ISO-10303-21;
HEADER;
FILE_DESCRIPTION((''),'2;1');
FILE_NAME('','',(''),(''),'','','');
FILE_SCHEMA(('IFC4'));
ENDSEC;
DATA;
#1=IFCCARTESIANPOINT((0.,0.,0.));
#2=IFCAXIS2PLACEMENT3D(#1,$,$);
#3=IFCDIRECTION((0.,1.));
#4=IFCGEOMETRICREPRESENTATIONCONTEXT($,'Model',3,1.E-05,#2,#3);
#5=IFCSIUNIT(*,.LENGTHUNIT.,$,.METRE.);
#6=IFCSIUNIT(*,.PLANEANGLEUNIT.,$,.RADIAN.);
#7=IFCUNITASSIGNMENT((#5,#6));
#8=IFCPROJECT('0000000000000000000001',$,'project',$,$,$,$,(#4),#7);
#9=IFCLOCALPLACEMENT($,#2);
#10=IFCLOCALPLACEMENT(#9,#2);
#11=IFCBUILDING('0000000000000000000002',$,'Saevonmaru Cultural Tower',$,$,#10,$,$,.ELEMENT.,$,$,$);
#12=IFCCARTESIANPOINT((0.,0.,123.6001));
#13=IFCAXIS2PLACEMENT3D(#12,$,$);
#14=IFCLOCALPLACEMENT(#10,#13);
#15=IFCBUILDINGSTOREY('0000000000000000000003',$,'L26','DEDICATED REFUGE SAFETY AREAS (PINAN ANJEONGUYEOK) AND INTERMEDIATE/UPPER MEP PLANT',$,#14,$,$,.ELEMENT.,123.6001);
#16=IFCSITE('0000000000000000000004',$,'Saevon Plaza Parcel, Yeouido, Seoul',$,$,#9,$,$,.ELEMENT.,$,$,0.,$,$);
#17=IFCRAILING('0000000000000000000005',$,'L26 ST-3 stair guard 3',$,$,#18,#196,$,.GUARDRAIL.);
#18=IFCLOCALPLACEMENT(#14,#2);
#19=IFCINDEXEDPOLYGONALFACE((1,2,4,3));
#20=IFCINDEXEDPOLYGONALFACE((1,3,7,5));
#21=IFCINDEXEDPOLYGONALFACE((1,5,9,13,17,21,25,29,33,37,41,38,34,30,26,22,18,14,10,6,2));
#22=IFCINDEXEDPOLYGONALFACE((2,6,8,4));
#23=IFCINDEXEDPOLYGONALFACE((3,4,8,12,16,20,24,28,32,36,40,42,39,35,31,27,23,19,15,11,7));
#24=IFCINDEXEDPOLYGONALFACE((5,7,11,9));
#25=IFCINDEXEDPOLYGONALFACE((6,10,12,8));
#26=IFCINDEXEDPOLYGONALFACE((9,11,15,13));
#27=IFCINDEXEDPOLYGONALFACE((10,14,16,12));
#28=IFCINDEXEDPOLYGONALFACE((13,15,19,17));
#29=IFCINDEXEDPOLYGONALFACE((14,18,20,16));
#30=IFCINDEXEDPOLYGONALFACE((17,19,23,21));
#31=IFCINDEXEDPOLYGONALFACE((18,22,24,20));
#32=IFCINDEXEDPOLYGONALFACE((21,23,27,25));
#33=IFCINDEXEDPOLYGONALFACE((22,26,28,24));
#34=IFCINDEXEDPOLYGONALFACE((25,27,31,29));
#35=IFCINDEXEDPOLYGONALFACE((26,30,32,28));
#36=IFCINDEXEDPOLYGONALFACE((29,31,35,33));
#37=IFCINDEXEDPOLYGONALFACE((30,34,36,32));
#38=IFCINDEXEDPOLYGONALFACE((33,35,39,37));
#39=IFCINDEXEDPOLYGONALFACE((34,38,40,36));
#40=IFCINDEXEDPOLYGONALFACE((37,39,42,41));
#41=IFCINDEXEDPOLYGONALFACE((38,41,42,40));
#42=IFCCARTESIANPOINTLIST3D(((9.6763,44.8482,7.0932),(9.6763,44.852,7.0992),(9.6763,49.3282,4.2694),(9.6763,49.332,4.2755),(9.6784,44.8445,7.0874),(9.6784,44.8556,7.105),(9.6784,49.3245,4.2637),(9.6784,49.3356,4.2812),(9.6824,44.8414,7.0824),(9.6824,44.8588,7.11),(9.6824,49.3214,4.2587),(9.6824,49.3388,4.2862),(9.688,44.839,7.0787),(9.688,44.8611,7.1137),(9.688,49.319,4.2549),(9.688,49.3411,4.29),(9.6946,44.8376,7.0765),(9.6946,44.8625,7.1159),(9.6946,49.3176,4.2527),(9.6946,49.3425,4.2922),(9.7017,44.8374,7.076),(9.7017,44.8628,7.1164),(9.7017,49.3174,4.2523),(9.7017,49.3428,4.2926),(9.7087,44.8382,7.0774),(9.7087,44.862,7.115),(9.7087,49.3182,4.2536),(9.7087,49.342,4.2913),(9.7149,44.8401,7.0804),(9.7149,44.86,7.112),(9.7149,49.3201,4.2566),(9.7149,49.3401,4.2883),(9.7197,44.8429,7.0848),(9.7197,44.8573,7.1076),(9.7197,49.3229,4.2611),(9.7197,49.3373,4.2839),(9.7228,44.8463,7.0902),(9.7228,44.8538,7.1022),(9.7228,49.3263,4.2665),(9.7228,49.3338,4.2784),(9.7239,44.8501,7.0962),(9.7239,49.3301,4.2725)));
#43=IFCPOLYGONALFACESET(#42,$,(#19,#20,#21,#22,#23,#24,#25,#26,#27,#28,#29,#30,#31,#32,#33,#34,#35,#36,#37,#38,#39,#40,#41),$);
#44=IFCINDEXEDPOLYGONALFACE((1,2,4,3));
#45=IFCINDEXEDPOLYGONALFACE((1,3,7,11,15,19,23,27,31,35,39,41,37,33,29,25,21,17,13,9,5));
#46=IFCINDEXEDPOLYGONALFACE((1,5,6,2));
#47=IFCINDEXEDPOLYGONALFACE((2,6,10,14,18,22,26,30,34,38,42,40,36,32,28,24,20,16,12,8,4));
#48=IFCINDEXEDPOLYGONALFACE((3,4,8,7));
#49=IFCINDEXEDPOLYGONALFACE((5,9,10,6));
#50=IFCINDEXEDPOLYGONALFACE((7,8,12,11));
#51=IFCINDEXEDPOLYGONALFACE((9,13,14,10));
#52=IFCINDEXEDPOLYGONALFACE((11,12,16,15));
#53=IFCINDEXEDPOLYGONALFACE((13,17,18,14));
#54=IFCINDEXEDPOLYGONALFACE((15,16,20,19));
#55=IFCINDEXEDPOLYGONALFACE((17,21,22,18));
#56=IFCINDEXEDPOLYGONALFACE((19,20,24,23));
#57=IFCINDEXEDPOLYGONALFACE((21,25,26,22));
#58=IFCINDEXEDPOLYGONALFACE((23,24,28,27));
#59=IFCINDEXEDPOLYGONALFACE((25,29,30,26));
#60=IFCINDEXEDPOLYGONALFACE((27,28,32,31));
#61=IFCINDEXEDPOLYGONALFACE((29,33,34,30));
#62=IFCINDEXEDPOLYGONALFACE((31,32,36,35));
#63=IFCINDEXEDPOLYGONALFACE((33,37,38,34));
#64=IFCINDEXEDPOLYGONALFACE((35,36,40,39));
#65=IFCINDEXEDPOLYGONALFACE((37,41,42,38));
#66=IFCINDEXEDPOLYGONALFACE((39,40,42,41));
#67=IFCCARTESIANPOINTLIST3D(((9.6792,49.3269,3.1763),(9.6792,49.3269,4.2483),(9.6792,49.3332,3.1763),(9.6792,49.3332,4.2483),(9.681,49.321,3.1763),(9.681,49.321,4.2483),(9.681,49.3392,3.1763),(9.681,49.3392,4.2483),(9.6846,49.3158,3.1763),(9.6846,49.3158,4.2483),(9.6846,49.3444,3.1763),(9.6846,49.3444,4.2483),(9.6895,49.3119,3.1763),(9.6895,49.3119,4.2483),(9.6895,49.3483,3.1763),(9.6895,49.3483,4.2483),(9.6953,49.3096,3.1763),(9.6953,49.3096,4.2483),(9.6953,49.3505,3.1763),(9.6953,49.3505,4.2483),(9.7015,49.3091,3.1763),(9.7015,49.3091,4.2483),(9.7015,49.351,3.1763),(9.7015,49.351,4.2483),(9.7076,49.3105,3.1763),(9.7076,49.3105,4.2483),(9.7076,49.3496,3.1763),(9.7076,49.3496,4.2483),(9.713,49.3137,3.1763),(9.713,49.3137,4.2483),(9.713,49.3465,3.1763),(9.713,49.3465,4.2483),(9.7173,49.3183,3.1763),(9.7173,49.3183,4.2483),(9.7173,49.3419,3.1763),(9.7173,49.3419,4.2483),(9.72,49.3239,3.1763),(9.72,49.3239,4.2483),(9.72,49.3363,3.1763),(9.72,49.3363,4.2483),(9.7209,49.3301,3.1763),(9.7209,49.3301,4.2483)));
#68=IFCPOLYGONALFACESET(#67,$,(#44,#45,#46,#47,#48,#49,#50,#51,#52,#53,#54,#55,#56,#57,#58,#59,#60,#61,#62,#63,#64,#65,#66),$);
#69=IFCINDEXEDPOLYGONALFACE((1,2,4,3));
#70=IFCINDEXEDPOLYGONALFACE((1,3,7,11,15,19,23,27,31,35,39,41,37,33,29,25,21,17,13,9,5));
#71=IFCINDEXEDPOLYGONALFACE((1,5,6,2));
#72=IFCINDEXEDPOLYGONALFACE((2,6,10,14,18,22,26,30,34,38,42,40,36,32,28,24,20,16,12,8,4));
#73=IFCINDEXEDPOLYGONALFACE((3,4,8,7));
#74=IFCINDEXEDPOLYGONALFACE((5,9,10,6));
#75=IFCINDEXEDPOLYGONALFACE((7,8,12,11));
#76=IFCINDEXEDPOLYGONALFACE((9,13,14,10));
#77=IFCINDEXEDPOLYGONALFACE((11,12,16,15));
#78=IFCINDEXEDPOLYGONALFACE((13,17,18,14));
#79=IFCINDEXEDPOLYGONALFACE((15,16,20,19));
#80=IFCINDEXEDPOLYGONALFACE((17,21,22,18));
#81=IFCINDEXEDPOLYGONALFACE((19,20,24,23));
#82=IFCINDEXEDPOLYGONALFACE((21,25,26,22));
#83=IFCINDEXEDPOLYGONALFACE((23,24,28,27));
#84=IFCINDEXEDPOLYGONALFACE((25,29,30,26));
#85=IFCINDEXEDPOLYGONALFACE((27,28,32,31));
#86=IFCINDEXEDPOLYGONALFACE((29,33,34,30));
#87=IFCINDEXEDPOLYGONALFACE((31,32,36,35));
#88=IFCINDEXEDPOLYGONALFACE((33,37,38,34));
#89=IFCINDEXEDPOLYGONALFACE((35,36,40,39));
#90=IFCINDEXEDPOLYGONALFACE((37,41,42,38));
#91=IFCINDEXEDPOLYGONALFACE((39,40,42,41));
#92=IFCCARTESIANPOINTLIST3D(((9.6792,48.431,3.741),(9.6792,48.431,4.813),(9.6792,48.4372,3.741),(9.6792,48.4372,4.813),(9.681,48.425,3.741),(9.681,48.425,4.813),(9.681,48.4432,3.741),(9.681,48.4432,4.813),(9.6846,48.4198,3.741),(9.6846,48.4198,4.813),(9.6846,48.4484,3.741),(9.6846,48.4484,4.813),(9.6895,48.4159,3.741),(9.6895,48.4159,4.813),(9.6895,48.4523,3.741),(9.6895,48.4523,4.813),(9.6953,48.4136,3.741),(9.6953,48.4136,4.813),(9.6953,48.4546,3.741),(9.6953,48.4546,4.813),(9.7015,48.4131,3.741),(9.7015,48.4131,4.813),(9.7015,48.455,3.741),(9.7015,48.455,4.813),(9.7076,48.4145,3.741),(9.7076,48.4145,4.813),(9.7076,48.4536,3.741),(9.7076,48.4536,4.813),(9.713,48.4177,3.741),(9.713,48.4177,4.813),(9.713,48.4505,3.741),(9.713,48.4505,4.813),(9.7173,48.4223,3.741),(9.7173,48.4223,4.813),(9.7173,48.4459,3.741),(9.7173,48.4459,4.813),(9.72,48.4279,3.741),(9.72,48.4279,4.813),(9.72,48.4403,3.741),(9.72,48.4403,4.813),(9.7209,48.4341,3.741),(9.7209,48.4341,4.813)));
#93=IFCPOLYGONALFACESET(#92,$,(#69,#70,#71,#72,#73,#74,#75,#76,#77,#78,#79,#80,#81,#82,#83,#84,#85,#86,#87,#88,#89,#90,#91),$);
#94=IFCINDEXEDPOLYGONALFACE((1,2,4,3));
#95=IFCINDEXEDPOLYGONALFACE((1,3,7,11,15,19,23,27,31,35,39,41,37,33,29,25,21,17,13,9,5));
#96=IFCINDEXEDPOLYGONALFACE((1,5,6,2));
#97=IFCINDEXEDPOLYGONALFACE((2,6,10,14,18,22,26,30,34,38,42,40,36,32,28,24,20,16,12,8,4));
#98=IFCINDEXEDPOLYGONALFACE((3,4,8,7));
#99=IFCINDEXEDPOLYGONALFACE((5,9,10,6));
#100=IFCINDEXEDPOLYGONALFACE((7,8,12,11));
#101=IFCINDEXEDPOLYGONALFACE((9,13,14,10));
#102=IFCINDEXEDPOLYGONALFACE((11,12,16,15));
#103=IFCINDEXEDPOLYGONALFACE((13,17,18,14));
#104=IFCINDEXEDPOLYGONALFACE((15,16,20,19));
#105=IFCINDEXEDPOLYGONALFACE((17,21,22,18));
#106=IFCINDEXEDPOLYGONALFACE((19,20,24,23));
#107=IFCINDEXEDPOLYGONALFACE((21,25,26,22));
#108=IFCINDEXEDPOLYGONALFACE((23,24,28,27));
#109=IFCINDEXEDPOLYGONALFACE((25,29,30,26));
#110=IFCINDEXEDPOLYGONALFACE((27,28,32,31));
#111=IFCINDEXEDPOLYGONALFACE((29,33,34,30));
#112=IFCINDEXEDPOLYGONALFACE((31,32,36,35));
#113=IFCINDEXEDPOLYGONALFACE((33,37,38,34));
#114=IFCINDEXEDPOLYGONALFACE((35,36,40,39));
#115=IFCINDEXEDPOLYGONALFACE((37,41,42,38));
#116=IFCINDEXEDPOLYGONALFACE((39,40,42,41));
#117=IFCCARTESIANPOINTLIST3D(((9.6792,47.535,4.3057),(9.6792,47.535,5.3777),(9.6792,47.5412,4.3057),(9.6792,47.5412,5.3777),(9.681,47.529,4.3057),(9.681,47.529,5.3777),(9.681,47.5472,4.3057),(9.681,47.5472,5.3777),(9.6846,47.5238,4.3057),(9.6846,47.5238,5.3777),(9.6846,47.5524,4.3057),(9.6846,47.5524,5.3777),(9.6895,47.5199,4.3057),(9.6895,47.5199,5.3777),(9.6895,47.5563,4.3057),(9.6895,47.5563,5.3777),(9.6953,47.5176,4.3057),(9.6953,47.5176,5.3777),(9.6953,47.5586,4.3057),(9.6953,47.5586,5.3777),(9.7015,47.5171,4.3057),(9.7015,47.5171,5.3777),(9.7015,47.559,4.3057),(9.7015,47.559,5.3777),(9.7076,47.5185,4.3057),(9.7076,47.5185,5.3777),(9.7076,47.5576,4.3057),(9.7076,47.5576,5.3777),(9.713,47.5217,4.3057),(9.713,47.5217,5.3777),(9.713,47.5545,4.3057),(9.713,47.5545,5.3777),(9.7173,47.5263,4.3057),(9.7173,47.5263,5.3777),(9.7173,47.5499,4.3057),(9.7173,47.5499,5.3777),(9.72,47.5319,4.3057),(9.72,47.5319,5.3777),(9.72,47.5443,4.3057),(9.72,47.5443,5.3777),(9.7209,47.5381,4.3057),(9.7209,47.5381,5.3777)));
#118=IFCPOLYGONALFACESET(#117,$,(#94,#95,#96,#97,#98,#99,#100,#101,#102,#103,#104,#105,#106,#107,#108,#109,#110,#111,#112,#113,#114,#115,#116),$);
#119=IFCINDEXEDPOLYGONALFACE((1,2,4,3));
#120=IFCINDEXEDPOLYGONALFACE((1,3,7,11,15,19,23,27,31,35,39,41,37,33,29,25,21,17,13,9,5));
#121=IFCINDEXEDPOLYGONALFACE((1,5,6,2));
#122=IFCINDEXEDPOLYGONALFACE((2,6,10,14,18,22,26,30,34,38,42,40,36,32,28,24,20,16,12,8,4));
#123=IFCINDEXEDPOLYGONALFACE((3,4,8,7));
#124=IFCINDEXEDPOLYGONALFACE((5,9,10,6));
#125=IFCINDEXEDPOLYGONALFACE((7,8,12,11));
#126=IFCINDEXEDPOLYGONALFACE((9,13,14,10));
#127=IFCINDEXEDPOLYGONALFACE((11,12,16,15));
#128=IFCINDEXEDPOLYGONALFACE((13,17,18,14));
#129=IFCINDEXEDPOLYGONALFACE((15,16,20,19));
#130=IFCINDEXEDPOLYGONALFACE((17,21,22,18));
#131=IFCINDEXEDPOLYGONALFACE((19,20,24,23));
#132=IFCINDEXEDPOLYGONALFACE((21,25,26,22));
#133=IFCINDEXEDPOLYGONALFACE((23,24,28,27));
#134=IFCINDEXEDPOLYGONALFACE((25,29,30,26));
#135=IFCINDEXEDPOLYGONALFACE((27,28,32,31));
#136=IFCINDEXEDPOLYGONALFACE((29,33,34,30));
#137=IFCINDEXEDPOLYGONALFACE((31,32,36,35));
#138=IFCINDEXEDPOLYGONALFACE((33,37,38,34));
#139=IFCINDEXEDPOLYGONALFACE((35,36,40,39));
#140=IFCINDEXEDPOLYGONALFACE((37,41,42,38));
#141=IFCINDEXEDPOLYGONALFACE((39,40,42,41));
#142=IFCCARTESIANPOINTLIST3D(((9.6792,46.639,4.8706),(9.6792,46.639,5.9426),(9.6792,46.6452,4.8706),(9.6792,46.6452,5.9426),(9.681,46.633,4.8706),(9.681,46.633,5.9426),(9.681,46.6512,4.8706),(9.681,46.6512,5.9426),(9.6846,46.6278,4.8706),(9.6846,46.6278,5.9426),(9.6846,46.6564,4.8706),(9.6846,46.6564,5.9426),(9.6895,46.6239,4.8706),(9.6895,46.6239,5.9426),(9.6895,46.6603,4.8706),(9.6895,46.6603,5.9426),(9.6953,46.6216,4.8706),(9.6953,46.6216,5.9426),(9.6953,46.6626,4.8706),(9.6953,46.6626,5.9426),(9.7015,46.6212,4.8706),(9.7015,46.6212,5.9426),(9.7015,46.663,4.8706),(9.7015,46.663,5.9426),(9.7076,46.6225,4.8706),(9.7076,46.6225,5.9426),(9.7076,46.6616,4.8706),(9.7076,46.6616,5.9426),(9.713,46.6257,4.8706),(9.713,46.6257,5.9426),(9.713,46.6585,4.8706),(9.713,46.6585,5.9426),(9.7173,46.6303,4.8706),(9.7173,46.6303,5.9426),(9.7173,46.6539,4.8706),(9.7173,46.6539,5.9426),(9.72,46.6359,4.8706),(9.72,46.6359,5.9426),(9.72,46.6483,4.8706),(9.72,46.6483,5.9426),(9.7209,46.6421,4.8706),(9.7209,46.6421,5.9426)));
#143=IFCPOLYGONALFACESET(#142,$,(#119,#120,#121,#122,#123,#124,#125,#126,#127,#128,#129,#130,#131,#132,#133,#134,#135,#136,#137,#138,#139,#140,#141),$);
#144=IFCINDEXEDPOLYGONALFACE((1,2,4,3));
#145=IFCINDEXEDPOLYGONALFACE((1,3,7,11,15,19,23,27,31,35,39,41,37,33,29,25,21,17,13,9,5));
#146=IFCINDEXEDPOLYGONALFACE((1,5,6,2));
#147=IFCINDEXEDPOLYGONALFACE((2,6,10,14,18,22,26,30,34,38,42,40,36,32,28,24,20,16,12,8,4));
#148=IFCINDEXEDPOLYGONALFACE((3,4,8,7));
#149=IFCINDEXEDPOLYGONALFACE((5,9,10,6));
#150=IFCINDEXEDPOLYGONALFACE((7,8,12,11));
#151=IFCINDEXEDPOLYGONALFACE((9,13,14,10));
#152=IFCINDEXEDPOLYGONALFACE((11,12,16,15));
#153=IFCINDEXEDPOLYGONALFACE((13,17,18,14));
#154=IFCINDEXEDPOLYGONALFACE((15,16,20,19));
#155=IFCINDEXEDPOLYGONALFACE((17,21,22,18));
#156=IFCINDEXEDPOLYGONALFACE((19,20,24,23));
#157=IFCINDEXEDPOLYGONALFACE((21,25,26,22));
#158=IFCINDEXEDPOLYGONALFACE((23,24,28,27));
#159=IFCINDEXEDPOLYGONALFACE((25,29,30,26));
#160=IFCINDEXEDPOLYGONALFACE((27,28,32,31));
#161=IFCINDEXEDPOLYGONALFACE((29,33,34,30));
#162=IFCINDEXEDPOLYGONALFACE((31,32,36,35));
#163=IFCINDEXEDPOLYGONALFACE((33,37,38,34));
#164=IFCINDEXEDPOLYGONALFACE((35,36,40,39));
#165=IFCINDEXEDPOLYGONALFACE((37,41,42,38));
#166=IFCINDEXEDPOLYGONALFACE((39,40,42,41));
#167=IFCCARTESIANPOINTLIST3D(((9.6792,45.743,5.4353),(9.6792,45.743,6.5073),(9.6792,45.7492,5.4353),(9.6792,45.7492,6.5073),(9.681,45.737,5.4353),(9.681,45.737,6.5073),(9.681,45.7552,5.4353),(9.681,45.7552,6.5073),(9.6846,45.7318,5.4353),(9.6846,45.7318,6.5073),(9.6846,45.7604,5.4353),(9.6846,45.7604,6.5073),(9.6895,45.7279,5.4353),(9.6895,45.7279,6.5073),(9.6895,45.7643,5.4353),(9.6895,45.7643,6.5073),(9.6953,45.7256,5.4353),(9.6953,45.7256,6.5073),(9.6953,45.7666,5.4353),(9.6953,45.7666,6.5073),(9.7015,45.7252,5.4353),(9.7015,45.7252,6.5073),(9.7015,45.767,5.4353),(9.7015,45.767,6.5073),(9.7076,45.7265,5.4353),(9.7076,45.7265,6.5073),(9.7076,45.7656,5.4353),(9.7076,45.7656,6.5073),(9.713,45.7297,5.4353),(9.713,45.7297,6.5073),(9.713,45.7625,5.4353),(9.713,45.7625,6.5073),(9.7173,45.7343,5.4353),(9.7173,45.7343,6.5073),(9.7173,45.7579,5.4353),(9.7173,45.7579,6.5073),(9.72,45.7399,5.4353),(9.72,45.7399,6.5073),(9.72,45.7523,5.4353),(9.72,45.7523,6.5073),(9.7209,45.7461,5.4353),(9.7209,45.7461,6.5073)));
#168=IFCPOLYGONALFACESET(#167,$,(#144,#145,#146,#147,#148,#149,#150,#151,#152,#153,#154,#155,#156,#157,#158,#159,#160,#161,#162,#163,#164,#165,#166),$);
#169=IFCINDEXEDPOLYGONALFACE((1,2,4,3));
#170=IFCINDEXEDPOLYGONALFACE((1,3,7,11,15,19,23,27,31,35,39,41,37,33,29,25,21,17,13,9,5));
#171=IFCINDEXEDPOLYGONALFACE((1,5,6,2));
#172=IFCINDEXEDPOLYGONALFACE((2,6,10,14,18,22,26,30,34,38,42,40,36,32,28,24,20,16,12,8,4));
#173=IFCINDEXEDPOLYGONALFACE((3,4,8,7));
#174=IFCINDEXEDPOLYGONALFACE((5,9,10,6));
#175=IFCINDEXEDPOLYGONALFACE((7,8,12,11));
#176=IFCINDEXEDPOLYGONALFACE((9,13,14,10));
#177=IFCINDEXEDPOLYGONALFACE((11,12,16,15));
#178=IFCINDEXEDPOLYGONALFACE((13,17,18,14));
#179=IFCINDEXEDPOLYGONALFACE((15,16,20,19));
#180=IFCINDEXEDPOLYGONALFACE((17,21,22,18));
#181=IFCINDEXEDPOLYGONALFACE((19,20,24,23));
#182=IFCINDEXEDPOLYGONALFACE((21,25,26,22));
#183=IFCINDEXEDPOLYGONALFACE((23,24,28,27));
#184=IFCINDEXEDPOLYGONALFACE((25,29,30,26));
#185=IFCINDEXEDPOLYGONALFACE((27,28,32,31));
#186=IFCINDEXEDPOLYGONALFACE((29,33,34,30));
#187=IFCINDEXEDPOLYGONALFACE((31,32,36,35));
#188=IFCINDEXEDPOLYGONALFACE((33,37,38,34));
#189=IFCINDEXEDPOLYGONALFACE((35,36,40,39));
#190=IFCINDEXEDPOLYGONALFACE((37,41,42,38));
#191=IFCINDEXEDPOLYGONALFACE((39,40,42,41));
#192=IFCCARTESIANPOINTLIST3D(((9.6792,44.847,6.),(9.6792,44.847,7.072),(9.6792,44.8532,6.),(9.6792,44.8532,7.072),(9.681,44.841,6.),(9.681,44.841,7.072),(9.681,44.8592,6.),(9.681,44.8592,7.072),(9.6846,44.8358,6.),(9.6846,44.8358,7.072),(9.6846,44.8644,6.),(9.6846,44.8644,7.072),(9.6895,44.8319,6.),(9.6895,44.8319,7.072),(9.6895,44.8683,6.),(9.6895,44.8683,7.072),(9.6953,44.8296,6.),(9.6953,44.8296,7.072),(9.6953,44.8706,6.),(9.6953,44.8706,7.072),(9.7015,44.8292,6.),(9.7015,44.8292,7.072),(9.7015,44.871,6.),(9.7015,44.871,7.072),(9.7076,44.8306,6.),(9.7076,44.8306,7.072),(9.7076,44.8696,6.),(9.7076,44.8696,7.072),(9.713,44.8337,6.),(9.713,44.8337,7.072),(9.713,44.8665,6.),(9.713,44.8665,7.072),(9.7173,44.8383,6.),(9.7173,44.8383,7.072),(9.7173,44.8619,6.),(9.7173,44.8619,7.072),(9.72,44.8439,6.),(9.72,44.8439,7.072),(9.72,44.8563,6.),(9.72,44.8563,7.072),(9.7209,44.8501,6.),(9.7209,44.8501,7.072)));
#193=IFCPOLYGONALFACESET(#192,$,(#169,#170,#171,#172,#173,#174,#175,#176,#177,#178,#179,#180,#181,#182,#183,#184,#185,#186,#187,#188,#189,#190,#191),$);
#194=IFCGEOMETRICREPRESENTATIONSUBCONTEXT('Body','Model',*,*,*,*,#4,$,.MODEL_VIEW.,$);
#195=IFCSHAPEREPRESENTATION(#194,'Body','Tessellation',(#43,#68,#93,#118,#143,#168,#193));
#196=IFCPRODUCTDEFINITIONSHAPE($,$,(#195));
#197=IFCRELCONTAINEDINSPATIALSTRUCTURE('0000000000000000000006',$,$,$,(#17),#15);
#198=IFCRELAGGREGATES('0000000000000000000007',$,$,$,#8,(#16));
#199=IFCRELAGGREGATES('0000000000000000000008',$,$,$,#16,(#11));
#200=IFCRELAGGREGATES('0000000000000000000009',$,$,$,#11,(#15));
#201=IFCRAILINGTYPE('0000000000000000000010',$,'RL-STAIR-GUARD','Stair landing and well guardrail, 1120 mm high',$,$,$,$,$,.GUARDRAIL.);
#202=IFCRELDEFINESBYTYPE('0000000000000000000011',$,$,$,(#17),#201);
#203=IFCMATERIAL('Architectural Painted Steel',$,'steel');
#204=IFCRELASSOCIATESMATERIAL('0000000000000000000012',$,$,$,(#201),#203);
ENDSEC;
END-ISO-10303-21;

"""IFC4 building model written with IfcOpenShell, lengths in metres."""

from ifc_helpers import new_model, si_unit, direction, frame, origin, origin_2d, place, context, subcontext, project, spatial, circle, extrude, material, type_object, element, save


model = new_model("IFC4")

# Units and contexts
model_context = context("Model", 3, precision=1e-05, world=origin(), true_north=direction((0.0, 1.0)))
body_context = subcontext(model_context, "Body", "Model", "MODEL_VIEW")
ifc_project = project(units=[si_unit("LENGTHUNIT", "METRE"), si_unit("PLANEANGLEUNIT", "RADIAN")], contexts=[model_context])

# Site, building, storey
site_placement = place(None, origin())
site = spatial("IfcSite", under=ifc_project, at=site_placement, Name="Saevon Plaza Parcel, Yeouido, Seoul", CompositionType="ELEMENT", RefElevation=0.0)
building_placement = place(site_placement, origin())
building = spatial("IfcBuilding", under=site, at=building_placement, Name="Saevonmaru Cultural Tower", CompositionType="ELEMENT")
storey_placement = place(building_placement, frame((0.0, 0.0, 123.6001)))
storey = spatial("IfcBuildingStorey", under=building, at=storey_placement, Name="L26", Description="DEDICATED REFUGE SAFETY AREAS (PINAN ANJEONGUYEOK) AND INTERMEDIATE/UPPER MEP PLANT", CompositionType="ELEMENT", Elevation=123.6001)

# Railing
ifc_material_1 = material(Name="Architectural Painted Steel", Category="steel")
railing_type_1 = type_object("IfcRailingType", Name="RL-STAIR-GUARD", Description="Stair landing and well guardrail, 1120 mm high", PredefinedType="GUARDRAIL", material=ifc_material_1)
railing_1_placement = place(storey_placement, frame((9.7, 49.3301, 3.1763)))
element("IfcRailing", 1, at=railing_1_placement, inside=storey, type_object=railing_type_1, Name="L26 ST-3 stair guard 3", PredefinedType="GUARDRAIL", context=body_context, shape_type="SweptSolid", body=[
    extrude(circle(Radius=0.0239, at=origin_2d()), frame((0.0, 0.0, 1.0962), z_axis=(0.0, -0.845977, 0.533219), x_axis=(1.0, 0.0, 0.0)), (0.0, 0.0, 1.0), 5.2957),
    extrude(circle(Radius=0.021, at=origin_2d()), origin(), (0.0, 0.0, 1.0), 1.072),
    extrude(circle(Radius=0.021, at=origin_2d()), frame((0.0, -0.896, 0.5647)), (0.0, 0.0, 1.0), 1.072),
    extrude(circle(Radius=0.021, at=origin_2d()), frame((0.0, -1.792, 1.1294)), (0.0, 0.0, 1.0), 1.072),
    extrude(circle(Radius=0.021, at=origin_2d()), frame((0.0, -2.688, 1.6943)), (0.0, 0.0, 1.0), 1.072),
    extrude(circle(Radius=0.021, at=origin_2d()), frame((0.0, -3.584, 2.259)), (0.0, 0.0, 1.0), 1.072),
    extrude(circle(Radius=0.021, at=origin_2d()), frame((0.0, -4.48, 2.8237)), (0.0, 0.0, 1.0), 1.072),
])

save(model, "model.ifc")
